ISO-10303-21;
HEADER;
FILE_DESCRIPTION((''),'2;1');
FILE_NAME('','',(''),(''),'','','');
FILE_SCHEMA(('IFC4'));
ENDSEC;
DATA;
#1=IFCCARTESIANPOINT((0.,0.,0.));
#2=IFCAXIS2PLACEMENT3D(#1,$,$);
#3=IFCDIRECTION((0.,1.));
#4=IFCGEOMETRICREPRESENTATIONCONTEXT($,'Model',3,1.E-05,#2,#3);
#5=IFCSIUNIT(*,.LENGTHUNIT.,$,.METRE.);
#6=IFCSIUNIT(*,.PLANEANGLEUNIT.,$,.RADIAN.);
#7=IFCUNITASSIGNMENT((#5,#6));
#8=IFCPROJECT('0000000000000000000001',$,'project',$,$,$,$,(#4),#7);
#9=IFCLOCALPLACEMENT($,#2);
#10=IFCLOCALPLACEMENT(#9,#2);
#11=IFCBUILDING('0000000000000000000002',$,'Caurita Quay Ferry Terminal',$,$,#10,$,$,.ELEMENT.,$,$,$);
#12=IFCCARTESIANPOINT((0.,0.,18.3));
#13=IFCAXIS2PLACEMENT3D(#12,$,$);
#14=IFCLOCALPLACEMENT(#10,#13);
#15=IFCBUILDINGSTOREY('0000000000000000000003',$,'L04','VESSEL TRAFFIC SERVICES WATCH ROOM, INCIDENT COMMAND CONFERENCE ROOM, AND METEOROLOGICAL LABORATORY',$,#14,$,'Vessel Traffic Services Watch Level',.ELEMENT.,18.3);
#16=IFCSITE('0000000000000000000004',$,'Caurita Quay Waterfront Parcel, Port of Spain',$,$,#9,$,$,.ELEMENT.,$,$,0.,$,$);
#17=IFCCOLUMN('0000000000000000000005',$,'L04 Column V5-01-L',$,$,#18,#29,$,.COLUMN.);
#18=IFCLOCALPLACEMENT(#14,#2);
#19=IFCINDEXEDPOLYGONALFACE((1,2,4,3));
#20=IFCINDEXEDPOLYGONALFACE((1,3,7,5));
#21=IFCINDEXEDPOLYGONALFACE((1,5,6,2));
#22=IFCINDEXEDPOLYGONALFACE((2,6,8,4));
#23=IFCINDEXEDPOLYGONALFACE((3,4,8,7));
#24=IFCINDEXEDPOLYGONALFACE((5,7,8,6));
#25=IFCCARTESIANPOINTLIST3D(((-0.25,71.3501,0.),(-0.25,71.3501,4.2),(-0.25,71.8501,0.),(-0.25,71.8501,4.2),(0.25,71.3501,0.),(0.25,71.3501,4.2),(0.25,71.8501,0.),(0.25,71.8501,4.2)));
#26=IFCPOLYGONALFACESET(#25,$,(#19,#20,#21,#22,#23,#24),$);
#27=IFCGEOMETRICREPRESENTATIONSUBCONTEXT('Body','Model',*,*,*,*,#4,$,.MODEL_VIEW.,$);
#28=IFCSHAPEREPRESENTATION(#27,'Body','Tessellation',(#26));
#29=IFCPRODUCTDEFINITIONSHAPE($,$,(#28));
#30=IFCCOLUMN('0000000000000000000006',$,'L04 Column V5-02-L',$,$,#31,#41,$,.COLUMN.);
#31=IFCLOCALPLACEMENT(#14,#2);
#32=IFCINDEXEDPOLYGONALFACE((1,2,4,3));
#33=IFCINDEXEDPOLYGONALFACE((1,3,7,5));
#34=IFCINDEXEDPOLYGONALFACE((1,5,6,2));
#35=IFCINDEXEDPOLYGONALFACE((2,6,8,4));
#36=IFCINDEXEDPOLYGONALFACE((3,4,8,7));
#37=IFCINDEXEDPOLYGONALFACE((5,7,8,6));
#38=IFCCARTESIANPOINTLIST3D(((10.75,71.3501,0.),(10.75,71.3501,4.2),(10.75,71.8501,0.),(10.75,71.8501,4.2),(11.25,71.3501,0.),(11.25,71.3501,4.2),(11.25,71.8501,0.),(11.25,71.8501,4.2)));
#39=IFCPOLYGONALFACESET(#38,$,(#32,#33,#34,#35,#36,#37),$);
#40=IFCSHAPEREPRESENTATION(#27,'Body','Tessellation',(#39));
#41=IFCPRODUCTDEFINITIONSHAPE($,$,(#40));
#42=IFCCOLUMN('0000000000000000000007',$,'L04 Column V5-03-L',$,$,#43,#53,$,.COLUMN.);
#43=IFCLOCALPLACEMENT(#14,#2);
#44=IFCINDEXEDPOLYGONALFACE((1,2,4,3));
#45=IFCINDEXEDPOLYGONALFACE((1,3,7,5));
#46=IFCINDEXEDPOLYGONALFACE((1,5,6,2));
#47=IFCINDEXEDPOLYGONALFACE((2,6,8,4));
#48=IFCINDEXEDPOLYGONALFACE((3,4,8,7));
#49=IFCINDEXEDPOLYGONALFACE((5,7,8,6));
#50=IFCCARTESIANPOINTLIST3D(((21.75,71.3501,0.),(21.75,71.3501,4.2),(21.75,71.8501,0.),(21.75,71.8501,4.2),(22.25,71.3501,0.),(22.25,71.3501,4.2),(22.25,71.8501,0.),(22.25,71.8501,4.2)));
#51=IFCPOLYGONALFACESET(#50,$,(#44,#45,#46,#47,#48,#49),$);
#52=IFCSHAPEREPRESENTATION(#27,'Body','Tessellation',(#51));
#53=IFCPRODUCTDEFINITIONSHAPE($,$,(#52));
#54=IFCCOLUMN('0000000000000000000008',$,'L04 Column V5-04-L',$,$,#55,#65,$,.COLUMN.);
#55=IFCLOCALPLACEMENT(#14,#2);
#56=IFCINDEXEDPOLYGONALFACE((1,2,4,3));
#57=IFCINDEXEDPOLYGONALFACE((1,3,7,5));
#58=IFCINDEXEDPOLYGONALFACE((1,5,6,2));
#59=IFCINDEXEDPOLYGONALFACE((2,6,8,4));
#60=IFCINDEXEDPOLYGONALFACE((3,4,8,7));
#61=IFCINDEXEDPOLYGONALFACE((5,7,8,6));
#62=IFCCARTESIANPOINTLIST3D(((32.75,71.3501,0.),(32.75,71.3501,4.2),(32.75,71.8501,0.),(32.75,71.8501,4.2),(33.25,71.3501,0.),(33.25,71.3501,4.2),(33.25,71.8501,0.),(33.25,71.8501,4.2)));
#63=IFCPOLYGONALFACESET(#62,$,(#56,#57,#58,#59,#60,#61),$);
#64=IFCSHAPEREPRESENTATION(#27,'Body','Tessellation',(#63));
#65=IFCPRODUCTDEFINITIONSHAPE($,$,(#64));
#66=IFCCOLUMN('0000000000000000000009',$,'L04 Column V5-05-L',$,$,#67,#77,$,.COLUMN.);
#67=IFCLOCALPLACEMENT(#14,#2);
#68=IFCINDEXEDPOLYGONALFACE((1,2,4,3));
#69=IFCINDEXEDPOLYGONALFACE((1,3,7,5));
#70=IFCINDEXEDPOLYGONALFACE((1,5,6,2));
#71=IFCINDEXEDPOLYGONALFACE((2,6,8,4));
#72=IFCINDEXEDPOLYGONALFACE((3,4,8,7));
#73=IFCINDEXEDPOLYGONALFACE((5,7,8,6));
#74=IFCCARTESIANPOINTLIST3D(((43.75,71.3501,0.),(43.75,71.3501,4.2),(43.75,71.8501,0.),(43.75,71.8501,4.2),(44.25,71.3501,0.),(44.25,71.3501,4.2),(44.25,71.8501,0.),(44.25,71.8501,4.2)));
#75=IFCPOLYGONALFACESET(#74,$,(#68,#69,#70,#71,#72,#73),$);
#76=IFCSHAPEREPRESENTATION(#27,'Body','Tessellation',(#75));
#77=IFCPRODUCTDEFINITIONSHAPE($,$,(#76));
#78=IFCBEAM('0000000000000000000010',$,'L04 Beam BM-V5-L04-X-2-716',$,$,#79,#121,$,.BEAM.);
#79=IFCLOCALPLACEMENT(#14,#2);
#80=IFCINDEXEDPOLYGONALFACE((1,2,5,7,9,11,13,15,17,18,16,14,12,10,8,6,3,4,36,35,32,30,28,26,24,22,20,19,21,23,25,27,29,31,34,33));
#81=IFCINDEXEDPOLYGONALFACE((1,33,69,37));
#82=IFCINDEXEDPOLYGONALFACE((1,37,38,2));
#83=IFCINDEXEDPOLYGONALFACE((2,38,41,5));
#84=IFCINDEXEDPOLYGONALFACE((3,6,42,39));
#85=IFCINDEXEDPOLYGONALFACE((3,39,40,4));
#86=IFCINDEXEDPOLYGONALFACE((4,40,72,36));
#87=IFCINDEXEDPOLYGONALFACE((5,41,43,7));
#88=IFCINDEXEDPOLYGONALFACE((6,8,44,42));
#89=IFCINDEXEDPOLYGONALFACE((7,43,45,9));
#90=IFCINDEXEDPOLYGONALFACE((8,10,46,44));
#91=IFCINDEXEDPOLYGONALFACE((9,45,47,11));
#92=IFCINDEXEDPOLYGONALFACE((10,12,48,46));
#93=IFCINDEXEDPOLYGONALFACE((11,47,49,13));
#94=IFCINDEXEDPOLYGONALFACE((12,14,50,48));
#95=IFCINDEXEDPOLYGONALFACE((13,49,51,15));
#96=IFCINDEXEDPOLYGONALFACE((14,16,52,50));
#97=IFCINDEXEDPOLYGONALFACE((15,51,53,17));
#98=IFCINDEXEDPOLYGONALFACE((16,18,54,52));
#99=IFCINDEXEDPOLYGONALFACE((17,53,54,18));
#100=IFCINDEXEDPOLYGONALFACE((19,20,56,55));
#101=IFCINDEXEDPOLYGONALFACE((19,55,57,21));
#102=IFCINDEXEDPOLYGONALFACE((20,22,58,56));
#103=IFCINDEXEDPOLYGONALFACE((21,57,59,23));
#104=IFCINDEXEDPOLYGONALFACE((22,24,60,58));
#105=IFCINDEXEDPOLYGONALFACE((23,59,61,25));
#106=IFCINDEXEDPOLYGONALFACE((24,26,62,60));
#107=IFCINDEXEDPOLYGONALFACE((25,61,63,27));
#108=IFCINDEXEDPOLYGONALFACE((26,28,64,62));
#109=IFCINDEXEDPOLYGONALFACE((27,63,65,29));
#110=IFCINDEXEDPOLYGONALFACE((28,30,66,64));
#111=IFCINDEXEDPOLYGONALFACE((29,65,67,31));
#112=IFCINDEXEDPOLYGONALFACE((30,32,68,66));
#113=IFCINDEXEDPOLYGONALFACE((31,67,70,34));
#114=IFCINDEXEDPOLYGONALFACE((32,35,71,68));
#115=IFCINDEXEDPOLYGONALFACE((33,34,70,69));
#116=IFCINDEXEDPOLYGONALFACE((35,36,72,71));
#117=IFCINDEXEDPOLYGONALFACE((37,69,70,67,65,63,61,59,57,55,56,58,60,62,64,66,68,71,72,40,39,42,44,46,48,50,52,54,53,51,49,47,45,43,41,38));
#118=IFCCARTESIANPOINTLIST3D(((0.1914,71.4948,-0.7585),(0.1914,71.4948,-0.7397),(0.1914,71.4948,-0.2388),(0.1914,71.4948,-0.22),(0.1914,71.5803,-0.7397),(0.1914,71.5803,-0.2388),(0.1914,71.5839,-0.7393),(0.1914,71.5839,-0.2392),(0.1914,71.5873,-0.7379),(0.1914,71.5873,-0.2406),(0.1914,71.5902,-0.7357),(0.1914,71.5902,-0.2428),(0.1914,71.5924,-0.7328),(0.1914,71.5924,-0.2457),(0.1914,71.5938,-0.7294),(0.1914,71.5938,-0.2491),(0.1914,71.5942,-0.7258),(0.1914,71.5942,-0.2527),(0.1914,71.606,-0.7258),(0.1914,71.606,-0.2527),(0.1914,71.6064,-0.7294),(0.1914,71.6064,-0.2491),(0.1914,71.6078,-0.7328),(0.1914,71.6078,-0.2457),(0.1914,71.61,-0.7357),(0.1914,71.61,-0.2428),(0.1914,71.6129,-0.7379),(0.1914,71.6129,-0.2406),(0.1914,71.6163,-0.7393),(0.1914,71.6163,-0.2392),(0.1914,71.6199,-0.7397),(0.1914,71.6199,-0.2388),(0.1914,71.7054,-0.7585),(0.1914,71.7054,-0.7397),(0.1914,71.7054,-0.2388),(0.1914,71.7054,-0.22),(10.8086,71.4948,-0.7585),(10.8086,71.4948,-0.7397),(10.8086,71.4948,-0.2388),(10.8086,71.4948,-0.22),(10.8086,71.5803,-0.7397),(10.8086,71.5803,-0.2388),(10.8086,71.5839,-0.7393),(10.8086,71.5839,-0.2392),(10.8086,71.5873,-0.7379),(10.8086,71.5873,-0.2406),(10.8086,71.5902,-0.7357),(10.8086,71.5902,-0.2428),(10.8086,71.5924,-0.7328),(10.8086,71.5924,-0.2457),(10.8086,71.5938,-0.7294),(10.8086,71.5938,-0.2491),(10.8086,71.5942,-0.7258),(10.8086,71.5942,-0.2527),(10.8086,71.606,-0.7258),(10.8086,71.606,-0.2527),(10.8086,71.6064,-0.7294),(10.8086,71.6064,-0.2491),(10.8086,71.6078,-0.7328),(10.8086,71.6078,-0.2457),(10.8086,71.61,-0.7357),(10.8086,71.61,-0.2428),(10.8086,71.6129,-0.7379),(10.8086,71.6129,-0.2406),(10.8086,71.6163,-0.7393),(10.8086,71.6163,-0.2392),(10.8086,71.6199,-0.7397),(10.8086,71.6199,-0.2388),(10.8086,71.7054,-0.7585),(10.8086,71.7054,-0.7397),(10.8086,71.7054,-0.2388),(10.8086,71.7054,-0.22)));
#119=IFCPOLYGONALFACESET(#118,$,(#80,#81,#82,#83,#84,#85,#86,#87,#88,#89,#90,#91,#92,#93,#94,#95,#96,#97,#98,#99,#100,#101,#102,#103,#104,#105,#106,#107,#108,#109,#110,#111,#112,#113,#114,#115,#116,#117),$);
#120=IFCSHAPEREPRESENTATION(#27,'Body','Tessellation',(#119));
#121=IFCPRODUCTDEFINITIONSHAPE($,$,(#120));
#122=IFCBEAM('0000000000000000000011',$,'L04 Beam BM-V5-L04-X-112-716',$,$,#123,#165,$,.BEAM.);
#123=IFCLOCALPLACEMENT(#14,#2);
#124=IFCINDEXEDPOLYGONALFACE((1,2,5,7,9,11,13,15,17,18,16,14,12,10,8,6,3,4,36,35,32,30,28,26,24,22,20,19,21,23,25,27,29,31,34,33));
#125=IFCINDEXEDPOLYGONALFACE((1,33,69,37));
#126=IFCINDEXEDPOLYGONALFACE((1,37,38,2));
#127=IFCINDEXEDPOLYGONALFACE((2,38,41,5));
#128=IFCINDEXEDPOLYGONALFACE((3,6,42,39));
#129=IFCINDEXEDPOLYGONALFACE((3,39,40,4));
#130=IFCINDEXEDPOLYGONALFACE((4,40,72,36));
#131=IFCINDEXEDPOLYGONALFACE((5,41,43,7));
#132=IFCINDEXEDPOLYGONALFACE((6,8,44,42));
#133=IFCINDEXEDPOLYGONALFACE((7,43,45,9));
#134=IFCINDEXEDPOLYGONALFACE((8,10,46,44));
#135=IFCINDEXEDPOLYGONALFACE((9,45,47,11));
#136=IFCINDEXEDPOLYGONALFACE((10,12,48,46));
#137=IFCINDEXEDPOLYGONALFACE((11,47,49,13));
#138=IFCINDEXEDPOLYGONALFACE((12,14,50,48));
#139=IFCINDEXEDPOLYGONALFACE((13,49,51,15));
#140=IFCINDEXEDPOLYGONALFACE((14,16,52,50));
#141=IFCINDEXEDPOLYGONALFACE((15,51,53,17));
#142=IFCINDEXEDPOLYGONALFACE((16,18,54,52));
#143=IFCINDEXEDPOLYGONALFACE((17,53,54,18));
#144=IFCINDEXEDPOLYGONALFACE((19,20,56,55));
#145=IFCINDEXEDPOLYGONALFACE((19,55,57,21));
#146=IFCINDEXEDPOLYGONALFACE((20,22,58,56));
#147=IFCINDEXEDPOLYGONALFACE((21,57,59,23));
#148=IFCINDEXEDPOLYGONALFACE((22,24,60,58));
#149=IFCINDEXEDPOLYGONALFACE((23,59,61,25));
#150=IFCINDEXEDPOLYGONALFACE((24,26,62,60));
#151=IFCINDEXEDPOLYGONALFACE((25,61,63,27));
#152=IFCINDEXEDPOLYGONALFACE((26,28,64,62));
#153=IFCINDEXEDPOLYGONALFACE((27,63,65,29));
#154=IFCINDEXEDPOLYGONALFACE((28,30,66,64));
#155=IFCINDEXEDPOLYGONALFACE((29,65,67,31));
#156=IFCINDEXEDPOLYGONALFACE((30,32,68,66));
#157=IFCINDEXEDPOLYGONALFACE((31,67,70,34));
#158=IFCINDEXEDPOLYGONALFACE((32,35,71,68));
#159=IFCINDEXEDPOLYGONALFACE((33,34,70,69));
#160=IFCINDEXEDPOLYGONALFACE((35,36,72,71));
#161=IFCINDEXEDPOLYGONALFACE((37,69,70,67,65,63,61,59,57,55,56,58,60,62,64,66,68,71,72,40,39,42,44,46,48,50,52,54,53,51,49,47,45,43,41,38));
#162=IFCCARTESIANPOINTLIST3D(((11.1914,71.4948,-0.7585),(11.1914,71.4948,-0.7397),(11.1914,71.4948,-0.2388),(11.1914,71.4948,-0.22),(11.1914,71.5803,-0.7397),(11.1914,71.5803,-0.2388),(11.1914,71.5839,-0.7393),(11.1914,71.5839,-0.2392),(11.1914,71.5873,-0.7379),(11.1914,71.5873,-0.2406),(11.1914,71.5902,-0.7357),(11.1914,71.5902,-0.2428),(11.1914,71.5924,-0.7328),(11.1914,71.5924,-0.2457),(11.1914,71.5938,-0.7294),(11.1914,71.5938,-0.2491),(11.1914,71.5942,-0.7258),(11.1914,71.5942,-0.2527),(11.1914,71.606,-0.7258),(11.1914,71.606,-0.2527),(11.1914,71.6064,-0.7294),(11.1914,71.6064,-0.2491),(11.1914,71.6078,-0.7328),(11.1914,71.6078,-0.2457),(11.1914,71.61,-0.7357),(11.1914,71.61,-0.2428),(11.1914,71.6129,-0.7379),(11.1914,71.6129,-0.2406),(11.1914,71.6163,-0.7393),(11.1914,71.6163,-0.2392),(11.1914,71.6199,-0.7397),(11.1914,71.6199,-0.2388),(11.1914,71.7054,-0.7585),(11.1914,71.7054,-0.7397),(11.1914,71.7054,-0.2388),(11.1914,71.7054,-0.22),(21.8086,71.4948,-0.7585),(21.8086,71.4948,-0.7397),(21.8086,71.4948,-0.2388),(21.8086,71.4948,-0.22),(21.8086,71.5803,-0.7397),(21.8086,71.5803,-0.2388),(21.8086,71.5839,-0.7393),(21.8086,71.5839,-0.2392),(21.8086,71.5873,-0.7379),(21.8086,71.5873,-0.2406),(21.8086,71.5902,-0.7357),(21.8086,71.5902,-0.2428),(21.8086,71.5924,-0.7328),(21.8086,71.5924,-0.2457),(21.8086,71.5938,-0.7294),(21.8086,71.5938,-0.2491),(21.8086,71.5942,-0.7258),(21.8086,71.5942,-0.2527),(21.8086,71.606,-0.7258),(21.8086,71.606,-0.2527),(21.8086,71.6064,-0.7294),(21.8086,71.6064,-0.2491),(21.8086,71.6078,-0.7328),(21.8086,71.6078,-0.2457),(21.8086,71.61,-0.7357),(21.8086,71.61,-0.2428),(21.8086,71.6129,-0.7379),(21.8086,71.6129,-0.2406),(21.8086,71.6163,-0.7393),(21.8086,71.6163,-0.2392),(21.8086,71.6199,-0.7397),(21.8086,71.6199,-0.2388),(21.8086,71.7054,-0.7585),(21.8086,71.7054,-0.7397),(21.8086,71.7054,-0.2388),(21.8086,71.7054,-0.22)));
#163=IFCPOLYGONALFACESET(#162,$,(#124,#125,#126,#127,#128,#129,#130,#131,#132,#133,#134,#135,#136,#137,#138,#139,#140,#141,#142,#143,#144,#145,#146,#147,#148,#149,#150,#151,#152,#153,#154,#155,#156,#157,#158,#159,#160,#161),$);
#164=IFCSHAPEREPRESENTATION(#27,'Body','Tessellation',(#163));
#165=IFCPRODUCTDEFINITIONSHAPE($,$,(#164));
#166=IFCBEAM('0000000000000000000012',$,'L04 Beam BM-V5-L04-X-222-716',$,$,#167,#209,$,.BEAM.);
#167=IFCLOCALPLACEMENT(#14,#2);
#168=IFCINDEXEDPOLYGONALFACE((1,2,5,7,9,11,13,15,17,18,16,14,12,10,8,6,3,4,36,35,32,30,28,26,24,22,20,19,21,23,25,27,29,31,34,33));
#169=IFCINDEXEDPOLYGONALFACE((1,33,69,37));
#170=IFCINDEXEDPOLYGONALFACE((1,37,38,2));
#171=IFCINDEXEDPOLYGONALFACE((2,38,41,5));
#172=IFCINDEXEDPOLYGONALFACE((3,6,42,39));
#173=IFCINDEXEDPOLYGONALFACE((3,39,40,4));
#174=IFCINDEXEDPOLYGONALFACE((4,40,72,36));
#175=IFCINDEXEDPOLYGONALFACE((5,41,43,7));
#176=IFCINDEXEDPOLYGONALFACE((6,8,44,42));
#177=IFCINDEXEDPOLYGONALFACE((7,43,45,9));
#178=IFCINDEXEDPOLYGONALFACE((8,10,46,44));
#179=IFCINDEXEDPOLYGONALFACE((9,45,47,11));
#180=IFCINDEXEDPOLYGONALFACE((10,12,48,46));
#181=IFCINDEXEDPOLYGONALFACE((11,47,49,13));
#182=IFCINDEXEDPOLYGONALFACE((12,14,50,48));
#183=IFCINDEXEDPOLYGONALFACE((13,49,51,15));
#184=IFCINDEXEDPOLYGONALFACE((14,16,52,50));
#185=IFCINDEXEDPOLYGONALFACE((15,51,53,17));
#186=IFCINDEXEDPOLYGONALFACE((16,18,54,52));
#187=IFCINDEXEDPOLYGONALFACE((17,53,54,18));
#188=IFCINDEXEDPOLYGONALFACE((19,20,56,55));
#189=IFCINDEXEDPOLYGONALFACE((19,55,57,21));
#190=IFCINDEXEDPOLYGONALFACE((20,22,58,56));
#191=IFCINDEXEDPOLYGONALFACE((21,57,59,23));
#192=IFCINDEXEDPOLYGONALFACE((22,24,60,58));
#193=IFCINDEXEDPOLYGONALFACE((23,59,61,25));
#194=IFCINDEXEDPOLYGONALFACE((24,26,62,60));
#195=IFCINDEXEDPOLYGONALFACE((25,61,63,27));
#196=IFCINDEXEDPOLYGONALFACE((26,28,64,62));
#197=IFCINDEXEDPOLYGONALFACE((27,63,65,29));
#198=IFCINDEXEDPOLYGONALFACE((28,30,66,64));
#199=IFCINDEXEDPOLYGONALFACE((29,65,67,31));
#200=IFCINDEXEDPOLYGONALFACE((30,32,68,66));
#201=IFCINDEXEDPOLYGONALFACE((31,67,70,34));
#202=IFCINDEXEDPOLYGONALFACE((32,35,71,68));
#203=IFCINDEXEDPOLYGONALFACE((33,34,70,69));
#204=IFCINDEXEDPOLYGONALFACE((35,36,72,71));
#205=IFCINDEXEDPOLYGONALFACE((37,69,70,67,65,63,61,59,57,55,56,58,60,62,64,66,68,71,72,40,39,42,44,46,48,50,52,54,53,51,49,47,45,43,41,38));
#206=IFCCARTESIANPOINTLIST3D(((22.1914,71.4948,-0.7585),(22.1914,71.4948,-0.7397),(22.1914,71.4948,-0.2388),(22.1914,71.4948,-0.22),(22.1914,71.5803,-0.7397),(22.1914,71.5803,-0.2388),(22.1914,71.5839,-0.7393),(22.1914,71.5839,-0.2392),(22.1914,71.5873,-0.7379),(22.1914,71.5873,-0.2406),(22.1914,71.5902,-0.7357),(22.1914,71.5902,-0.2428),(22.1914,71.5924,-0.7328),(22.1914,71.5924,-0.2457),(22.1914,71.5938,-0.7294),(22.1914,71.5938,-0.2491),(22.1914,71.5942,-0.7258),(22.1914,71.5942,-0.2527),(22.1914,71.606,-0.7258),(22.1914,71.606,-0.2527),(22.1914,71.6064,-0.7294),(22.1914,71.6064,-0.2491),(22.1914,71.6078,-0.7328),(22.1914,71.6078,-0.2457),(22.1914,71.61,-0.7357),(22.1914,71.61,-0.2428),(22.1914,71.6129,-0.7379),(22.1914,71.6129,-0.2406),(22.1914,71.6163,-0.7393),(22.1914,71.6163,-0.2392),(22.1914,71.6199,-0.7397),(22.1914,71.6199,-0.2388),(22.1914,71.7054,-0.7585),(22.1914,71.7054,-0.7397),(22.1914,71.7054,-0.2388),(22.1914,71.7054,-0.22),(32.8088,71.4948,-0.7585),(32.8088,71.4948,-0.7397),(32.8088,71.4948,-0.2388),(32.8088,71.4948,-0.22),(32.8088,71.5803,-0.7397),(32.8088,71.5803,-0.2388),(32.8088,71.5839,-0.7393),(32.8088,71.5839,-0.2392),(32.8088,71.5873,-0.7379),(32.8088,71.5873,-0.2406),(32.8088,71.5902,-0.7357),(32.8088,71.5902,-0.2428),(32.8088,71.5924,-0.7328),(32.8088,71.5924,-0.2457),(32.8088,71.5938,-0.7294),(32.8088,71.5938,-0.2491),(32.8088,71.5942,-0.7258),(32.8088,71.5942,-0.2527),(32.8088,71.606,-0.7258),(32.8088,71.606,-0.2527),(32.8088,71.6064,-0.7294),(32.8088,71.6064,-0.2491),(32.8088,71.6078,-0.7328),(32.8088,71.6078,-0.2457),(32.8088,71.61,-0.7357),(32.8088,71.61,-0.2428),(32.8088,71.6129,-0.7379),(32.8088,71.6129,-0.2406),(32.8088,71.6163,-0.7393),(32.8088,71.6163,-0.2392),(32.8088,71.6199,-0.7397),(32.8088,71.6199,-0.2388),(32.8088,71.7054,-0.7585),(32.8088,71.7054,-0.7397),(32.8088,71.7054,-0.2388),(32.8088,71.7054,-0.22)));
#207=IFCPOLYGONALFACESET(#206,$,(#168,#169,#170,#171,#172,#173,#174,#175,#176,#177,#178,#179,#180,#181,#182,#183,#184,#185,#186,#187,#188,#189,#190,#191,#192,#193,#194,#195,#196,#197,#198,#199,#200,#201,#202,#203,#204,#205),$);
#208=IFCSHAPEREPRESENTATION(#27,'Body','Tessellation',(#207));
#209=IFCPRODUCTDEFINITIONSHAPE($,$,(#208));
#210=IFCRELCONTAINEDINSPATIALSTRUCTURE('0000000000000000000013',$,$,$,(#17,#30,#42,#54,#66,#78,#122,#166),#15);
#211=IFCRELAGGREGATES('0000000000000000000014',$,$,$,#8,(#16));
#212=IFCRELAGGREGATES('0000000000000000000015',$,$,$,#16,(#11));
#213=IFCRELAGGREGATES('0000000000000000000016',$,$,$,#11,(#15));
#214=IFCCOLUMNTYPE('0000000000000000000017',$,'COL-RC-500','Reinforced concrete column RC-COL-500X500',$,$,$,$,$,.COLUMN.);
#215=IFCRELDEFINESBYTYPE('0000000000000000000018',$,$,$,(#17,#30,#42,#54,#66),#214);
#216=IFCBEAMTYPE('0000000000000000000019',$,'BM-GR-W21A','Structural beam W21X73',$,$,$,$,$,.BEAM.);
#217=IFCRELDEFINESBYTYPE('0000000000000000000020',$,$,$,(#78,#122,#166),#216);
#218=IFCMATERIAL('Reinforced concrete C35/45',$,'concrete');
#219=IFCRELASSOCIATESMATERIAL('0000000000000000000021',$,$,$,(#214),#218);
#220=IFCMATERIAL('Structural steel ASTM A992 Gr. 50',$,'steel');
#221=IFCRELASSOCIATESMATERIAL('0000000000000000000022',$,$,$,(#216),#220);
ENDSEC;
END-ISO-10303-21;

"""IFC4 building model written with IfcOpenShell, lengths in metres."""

from ifc_helpers import new_model, si_unit, direction, frame, origin, origin_2d, place, context, subcontext, project, spatial, rectangle, i_section, extrude, material, material_profile, profile_set, type_object, element, save


model = new_model("IFC4")

# Units and contexts
model_context = context("Model", 3, precision=1e-05, world=origin(), true_north=direction((0.0, 1.0)))
body_context = subcontext(model_context, "Body", "Model", "MODEL_VIEW")
ifc_project = project(units=[si_unit("LENGTHUNIT", "METRE"), si_unit("PLANEANGLEUNIT", "RADIAN")], contexts=[model_context])

# Site, building, storey
site_placement = place(None, origin())
site = spatial("IfcSite", under=ifc_project, at=site_placement, Name="Caurita Quay Waterfront Parcel, Port of Spain", CompositionType="ELEMENT", RefElevation=0.0)
building_placement = place(site_placement, origin())
building = spatial("IfcBuilding", under=site, at=building_placement, Name="Caurita Quay Ferry Terminal", CompositionType="ELEMENT")
storey_placement = place(building_placement, frame((0.0, 0.0, 18.3)))
storey = spatial("IfcBuildingStorey", under=building, at=storey_placement, Name="L04", Description="VESSEL TRAFFIC SERVICES WATCH ROOM, INCIDENT COMMAND CONFERENCE ROOM, AND METEOROLOGICAL LABORATORY", LongName="Vessel Traffic Services Watch Level", CompositionType="ELEMENT", Elevation=18.3)

# Columns
ifc_material_1 = material(Name="Reinforced concrete C35/45", Category="concrete")
ifc_material_profile_1 = material_profile(ifc_material_1, rectangle(XDim=0.5, YDim=0.5, at=origin_2d()), Name="RC-COL-500X500")
ifc_profile_set_1 = profile_set([ifc_material_profile_1], Name="Reinforced concrete C35/45")
column_type = type_object("IfcColumnType", Name="COL-RC-500", Description="Reinforced concrete column RC-COL-500X500", PredefinedType="COLUMN", material=ifc_profile_set_1)
for number, where, z_axis, x_axis, name in (
    (1, (0.0, 71.6001, 0.0), (0.0, 0.0, 1.0), (1.0, 0.0, 0.0), "L04 Column V5-01-L"),
    (2, (11.0, 71.6001, 0.0), (0.0, 0.0, 1.0), (1.0, 0.0, 0.0), "L04 Column V5-02-L"),
    (3, (22.0, 71.6001, 0.0), (0.0, 0.0, 1.0), (1.0, 0.0, 0.0), "L04 Column V5-03-L"),
    (4, (33.0, 71.6001, 0.0), (0.0, 0.0, 1.0), (1.0, 0.0, 0.0), "L04 Column V5-04-L"),
    (5, (44.0, 71.6001, 0.0), (0.0, 0.0, 1.0), (1.0, 0.0, 0.0), "L04 Column V5-05-L"),
):
    element("IfcColumn", number, at=place(storey_placement, frame(where, z_axis=z_axis, x_axis=x_axis)), inside=storey, type_object=column_type, Name=name, PredefinedType="COLUMN", context=body_context, shape_type="SweptSolid", body=[
        extrude(rectangle(XDim=0.5, YDim=0.5, at=origin_2d()), origin(), (0.0, 0.0, 1.0), 4.2),
    ])

# Beams
ifc_material_2 = material(Name="Structural steel ASTM A992 Gr. 50", Category="steel")
ifc_material_profile_2 = material_profile(ifc_material_2, i_section(OverallWidth=0.2107, OverallDepth=0.5386, WebThickness=0.0117, FlangeThickness=0.0188, FilletRadius=0.0139, at=origin_2d()), Name="W21X73")
ifc_profile_set_2 = profile_set([ifc_material_profile_2], Name="Structural steel ASTM A992 Gr. 50")
beam_type = type_object("IfcBeamType", Name="BM-GR-W21A", Description="Structural beam W21X73", PredefinedType="BEAM", material=ifc_profile_set_2)
for number, where, z_axis, x_axis, name in (
    (6, (0.1914, 71.6001, -0.4893), (1.0, 0.0, 0.0), (0.0, 1.0, 0.0), "L04 Beam BM-V5-L04-X-2-716"),
    (7, (11.1914, 71.6001, -0.4893), (1.0, 0.0, 0.0), (0.0, 1.0, 0.0), "L04 Beam BM-V5-L04-X-112-716"),
):
    element("IfcBeam", number, at=place(storey_placement, frame(where, z_axis=z_axis, x_axis=x_axis)), inside=storey, type_object=beam_type, Name=name, PredefinedType="BEAM", context=body_context, shape_type="SweptSolid", body=[
        extrude(i_section(OverallWidth=0.2107, OverallDepth=0.5386, WebThickness=0.0117, FlangeThickness=0.0188, FilletRadius=0.0139, at=origin_2d()), origin(), (0.0, 0.0, 1.0), 10.6172),
    ])
beam_placement = place(storey_placement, frame((22.1914, 71.6001, -0.4893), z_axis=(1.0, 0.0, 0.0), x_axis=(0.0, 1.0, 0.0)))
element("IfcBeam", 8, at=beam_placement, inside=storey, type_object=beam_type, Name="L04 Beam BM-V5-L04-X-222-716", PredefinedType="BEAM", context=body_context, shape_type="SweptSolid", body=[
    extrude(i_section(OverallWidth=0.2107, OverallDepth=0.5386, WebThickness=0.0117, FlangeThickness=0.0188, FilletRadius=0.0139, at=origin_2d()), origin(), (0.0, 0.0, 1.0), 10.6174),
])

save(model, "model.ifc")
